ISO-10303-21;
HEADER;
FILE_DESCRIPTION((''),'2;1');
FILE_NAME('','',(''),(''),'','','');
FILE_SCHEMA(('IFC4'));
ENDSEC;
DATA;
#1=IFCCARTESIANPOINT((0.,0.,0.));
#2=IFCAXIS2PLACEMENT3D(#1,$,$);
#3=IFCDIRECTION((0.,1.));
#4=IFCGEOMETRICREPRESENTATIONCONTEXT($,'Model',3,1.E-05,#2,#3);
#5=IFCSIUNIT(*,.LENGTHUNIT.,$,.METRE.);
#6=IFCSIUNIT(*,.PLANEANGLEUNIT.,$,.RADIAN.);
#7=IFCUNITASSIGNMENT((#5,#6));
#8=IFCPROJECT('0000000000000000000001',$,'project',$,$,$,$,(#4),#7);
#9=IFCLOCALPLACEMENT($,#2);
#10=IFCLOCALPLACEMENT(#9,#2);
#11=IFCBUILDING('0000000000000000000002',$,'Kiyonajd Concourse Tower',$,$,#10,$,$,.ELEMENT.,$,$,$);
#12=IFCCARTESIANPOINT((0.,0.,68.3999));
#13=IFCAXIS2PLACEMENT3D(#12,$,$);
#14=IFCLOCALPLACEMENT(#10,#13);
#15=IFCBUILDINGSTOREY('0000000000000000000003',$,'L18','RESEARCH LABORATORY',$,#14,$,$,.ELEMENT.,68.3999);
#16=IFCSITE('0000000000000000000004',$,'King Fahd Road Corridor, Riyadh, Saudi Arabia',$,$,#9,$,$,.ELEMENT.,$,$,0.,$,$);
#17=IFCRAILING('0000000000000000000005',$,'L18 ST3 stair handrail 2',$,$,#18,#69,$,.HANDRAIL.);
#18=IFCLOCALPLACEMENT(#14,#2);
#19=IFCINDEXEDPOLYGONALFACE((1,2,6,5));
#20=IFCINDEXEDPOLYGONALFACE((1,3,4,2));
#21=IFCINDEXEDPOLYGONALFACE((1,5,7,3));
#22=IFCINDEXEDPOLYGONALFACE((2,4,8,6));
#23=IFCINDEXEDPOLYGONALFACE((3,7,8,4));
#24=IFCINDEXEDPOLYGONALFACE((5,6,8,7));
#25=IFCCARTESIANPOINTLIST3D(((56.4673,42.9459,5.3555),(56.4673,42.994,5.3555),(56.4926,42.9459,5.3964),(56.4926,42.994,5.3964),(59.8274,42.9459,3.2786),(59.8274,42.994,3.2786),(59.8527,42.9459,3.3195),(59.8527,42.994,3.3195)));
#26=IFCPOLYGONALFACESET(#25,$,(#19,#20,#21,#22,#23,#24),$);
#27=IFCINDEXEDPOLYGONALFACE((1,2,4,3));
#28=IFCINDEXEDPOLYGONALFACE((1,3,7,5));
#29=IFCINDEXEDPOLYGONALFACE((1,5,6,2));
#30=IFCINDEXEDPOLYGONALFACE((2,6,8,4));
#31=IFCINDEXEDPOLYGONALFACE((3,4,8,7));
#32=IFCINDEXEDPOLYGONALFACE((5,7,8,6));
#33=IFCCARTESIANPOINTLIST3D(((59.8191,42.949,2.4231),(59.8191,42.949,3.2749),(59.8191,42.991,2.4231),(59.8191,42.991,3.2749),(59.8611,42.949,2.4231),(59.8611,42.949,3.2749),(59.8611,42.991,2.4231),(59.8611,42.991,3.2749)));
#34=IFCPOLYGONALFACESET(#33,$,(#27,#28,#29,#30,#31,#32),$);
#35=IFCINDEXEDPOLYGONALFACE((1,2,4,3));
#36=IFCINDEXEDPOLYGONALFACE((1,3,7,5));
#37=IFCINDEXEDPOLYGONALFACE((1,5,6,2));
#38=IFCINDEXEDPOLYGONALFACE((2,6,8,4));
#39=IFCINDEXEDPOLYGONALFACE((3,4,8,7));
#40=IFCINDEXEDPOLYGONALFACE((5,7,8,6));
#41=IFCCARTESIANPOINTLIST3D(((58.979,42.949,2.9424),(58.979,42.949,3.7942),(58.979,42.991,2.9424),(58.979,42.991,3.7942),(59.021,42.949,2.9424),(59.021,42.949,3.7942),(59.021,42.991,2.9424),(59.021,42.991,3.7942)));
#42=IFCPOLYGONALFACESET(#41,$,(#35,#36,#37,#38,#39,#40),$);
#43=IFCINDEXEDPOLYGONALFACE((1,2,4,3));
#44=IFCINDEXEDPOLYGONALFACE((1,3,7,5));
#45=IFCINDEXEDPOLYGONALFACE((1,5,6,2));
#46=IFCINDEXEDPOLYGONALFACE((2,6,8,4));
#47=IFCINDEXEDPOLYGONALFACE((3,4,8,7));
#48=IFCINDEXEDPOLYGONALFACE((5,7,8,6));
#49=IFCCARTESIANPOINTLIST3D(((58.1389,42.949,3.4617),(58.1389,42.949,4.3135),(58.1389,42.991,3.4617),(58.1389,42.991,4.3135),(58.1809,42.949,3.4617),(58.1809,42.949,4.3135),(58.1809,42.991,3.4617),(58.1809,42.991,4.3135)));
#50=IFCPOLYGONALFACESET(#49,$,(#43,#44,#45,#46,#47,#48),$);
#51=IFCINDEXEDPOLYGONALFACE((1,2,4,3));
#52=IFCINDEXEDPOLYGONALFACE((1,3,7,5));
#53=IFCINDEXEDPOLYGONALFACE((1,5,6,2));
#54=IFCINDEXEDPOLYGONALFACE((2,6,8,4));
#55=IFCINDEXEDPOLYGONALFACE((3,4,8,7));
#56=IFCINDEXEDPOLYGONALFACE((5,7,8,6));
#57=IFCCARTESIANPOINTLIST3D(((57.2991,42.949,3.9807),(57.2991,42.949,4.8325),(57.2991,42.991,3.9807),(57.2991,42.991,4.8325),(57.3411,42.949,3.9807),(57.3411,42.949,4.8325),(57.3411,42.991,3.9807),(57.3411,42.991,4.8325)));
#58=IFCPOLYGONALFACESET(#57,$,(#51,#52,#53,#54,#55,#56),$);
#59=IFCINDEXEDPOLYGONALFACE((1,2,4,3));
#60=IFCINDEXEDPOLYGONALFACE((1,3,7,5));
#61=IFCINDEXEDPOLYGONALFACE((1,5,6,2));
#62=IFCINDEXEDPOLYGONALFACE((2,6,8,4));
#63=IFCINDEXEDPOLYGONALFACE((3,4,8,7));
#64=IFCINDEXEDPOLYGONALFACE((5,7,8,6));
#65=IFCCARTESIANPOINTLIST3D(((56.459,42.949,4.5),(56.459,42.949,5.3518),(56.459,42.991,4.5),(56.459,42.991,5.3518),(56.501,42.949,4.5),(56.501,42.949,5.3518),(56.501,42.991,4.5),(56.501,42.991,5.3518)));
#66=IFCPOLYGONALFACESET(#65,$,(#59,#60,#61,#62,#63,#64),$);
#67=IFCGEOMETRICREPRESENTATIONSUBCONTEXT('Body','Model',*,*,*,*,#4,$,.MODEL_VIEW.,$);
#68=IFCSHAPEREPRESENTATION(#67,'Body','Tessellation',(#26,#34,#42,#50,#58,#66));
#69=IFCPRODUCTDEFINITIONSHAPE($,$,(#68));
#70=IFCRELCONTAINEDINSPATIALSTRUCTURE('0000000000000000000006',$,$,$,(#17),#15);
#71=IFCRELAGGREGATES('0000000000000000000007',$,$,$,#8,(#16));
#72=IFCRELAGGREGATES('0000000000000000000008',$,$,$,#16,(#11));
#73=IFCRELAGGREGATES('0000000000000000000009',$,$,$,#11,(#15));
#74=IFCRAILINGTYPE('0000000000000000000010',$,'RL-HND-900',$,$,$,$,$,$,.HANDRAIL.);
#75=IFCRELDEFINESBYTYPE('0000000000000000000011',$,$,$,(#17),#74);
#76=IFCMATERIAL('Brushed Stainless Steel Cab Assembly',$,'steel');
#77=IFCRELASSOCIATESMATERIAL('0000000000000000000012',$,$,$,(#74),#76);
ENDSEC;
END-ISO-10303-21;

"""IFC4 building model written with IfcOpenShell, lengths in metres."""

from ifc_helpers import new_model, si_unit, direction, frame, origin, origin_2d, place, context, subcontext, project, spatial, rectangle, extrude, material, type_object, element, save


model = new_model("IFC4")

# Units and contexts
model_context = context("Model", 3, precision=1e-05, world=origin(), true_north=direction((0.0, 1.0)))
body_context = subcontext(model_context, "Body", "Model", "MODEL_VIEW")
ifc_project = project(units=[si_unit("LENGTHUNIT", "METRE"), si_unit("PLANEANGLEUNIT", "RADIAN")], contexts=[model_context])

# Site, building, storey
site_placement = place(None, origin())
site = spatial("IfcSite", under=ifc_project, at=site_placement, Name="King Fahd Road Corridor, Riyadh, Saudi Arabia", CompositionType="ELEMENT", RefElevation=0.0)
building_placement = place(site_placement, origin())
building = spatial("IfcBuilding", under=site, at=building_placement, Name="Kiyonajd Concourse Tower", CompositionType="ELEMENT")
storey_placement = place(building_placement, frame((0.0, 0.0, 68.3999)))
storey = spatial("IfcBuildingStorey", under=building, at=storey_placement, Name="L18", Description="RESEARCH LABORATORY", CompositionType="ELEMENT", Elevation=68.3999)

# Shared definitions
ifc_material_1 = material(Name="Brushed Stainless Steel Cab Assembly", Category="steel")

# Railing
railing_type_1 = type_object("IfcRailingType", Name="RL-HND-900", PredefinedType="HANDRAIL", material=ifc_material_1)
railing_1_placement = place(storey_placement, frame((59.8401, 42.97, 2.4231)))
element("IfcRailing", 1, at=railing_1_placement, inside=storey, type_object=railing_type_1, Name="L18 ST3 stair handrail 2", PredefinedType="HANDRAIL", context=body_context, shape_type="SweptSolid", body=[
    extrude(rectangle(XDim=0.0481, YDim=0.0481, at=origin_2d()), frame((0.0, 0.0, 0.876), z_axis=(-0.850623, 0.0, 0.525776), x_axis=(0.0, -1.0, 0.0)), (0.0, 0.0, 1.0), 3.9502),
    extrude(rectangle(XDim=0.042, YDim=0.042, at=origin_2d()), origin(), (0.0, 0.0, 1.0), 0.8518),
    extrude(rectangle(XDim=0.042, YDim=0.042, at=origin_2d()), frame((-0.8401, 0.0, 0.5193)), (0.0, 0.0, 1.0), 0.8518),
    extrude(rectangle(XDim=0.042, YDim=0.042, at=origin_2d()), frame((-1.6802, 0.0, 1.0386)), (0.0, 0.0, 1.0), 0.8518),
    extrude(rectangle(XDim=0.042, YDim=0.042, at=origin_2d()), frame((-2.52, 0.0, 1.5576)), (0.0, 0.0, 1.0), 0.8518),
    extrude(rectangle(XDim=0.042, YDim=0.042, at=origin_2d()), frame((-3.3601, 0.0, 2.0769)), (0.0, 0.0, 1.0), 0.8518),
])

save(model, "model.ifc")
